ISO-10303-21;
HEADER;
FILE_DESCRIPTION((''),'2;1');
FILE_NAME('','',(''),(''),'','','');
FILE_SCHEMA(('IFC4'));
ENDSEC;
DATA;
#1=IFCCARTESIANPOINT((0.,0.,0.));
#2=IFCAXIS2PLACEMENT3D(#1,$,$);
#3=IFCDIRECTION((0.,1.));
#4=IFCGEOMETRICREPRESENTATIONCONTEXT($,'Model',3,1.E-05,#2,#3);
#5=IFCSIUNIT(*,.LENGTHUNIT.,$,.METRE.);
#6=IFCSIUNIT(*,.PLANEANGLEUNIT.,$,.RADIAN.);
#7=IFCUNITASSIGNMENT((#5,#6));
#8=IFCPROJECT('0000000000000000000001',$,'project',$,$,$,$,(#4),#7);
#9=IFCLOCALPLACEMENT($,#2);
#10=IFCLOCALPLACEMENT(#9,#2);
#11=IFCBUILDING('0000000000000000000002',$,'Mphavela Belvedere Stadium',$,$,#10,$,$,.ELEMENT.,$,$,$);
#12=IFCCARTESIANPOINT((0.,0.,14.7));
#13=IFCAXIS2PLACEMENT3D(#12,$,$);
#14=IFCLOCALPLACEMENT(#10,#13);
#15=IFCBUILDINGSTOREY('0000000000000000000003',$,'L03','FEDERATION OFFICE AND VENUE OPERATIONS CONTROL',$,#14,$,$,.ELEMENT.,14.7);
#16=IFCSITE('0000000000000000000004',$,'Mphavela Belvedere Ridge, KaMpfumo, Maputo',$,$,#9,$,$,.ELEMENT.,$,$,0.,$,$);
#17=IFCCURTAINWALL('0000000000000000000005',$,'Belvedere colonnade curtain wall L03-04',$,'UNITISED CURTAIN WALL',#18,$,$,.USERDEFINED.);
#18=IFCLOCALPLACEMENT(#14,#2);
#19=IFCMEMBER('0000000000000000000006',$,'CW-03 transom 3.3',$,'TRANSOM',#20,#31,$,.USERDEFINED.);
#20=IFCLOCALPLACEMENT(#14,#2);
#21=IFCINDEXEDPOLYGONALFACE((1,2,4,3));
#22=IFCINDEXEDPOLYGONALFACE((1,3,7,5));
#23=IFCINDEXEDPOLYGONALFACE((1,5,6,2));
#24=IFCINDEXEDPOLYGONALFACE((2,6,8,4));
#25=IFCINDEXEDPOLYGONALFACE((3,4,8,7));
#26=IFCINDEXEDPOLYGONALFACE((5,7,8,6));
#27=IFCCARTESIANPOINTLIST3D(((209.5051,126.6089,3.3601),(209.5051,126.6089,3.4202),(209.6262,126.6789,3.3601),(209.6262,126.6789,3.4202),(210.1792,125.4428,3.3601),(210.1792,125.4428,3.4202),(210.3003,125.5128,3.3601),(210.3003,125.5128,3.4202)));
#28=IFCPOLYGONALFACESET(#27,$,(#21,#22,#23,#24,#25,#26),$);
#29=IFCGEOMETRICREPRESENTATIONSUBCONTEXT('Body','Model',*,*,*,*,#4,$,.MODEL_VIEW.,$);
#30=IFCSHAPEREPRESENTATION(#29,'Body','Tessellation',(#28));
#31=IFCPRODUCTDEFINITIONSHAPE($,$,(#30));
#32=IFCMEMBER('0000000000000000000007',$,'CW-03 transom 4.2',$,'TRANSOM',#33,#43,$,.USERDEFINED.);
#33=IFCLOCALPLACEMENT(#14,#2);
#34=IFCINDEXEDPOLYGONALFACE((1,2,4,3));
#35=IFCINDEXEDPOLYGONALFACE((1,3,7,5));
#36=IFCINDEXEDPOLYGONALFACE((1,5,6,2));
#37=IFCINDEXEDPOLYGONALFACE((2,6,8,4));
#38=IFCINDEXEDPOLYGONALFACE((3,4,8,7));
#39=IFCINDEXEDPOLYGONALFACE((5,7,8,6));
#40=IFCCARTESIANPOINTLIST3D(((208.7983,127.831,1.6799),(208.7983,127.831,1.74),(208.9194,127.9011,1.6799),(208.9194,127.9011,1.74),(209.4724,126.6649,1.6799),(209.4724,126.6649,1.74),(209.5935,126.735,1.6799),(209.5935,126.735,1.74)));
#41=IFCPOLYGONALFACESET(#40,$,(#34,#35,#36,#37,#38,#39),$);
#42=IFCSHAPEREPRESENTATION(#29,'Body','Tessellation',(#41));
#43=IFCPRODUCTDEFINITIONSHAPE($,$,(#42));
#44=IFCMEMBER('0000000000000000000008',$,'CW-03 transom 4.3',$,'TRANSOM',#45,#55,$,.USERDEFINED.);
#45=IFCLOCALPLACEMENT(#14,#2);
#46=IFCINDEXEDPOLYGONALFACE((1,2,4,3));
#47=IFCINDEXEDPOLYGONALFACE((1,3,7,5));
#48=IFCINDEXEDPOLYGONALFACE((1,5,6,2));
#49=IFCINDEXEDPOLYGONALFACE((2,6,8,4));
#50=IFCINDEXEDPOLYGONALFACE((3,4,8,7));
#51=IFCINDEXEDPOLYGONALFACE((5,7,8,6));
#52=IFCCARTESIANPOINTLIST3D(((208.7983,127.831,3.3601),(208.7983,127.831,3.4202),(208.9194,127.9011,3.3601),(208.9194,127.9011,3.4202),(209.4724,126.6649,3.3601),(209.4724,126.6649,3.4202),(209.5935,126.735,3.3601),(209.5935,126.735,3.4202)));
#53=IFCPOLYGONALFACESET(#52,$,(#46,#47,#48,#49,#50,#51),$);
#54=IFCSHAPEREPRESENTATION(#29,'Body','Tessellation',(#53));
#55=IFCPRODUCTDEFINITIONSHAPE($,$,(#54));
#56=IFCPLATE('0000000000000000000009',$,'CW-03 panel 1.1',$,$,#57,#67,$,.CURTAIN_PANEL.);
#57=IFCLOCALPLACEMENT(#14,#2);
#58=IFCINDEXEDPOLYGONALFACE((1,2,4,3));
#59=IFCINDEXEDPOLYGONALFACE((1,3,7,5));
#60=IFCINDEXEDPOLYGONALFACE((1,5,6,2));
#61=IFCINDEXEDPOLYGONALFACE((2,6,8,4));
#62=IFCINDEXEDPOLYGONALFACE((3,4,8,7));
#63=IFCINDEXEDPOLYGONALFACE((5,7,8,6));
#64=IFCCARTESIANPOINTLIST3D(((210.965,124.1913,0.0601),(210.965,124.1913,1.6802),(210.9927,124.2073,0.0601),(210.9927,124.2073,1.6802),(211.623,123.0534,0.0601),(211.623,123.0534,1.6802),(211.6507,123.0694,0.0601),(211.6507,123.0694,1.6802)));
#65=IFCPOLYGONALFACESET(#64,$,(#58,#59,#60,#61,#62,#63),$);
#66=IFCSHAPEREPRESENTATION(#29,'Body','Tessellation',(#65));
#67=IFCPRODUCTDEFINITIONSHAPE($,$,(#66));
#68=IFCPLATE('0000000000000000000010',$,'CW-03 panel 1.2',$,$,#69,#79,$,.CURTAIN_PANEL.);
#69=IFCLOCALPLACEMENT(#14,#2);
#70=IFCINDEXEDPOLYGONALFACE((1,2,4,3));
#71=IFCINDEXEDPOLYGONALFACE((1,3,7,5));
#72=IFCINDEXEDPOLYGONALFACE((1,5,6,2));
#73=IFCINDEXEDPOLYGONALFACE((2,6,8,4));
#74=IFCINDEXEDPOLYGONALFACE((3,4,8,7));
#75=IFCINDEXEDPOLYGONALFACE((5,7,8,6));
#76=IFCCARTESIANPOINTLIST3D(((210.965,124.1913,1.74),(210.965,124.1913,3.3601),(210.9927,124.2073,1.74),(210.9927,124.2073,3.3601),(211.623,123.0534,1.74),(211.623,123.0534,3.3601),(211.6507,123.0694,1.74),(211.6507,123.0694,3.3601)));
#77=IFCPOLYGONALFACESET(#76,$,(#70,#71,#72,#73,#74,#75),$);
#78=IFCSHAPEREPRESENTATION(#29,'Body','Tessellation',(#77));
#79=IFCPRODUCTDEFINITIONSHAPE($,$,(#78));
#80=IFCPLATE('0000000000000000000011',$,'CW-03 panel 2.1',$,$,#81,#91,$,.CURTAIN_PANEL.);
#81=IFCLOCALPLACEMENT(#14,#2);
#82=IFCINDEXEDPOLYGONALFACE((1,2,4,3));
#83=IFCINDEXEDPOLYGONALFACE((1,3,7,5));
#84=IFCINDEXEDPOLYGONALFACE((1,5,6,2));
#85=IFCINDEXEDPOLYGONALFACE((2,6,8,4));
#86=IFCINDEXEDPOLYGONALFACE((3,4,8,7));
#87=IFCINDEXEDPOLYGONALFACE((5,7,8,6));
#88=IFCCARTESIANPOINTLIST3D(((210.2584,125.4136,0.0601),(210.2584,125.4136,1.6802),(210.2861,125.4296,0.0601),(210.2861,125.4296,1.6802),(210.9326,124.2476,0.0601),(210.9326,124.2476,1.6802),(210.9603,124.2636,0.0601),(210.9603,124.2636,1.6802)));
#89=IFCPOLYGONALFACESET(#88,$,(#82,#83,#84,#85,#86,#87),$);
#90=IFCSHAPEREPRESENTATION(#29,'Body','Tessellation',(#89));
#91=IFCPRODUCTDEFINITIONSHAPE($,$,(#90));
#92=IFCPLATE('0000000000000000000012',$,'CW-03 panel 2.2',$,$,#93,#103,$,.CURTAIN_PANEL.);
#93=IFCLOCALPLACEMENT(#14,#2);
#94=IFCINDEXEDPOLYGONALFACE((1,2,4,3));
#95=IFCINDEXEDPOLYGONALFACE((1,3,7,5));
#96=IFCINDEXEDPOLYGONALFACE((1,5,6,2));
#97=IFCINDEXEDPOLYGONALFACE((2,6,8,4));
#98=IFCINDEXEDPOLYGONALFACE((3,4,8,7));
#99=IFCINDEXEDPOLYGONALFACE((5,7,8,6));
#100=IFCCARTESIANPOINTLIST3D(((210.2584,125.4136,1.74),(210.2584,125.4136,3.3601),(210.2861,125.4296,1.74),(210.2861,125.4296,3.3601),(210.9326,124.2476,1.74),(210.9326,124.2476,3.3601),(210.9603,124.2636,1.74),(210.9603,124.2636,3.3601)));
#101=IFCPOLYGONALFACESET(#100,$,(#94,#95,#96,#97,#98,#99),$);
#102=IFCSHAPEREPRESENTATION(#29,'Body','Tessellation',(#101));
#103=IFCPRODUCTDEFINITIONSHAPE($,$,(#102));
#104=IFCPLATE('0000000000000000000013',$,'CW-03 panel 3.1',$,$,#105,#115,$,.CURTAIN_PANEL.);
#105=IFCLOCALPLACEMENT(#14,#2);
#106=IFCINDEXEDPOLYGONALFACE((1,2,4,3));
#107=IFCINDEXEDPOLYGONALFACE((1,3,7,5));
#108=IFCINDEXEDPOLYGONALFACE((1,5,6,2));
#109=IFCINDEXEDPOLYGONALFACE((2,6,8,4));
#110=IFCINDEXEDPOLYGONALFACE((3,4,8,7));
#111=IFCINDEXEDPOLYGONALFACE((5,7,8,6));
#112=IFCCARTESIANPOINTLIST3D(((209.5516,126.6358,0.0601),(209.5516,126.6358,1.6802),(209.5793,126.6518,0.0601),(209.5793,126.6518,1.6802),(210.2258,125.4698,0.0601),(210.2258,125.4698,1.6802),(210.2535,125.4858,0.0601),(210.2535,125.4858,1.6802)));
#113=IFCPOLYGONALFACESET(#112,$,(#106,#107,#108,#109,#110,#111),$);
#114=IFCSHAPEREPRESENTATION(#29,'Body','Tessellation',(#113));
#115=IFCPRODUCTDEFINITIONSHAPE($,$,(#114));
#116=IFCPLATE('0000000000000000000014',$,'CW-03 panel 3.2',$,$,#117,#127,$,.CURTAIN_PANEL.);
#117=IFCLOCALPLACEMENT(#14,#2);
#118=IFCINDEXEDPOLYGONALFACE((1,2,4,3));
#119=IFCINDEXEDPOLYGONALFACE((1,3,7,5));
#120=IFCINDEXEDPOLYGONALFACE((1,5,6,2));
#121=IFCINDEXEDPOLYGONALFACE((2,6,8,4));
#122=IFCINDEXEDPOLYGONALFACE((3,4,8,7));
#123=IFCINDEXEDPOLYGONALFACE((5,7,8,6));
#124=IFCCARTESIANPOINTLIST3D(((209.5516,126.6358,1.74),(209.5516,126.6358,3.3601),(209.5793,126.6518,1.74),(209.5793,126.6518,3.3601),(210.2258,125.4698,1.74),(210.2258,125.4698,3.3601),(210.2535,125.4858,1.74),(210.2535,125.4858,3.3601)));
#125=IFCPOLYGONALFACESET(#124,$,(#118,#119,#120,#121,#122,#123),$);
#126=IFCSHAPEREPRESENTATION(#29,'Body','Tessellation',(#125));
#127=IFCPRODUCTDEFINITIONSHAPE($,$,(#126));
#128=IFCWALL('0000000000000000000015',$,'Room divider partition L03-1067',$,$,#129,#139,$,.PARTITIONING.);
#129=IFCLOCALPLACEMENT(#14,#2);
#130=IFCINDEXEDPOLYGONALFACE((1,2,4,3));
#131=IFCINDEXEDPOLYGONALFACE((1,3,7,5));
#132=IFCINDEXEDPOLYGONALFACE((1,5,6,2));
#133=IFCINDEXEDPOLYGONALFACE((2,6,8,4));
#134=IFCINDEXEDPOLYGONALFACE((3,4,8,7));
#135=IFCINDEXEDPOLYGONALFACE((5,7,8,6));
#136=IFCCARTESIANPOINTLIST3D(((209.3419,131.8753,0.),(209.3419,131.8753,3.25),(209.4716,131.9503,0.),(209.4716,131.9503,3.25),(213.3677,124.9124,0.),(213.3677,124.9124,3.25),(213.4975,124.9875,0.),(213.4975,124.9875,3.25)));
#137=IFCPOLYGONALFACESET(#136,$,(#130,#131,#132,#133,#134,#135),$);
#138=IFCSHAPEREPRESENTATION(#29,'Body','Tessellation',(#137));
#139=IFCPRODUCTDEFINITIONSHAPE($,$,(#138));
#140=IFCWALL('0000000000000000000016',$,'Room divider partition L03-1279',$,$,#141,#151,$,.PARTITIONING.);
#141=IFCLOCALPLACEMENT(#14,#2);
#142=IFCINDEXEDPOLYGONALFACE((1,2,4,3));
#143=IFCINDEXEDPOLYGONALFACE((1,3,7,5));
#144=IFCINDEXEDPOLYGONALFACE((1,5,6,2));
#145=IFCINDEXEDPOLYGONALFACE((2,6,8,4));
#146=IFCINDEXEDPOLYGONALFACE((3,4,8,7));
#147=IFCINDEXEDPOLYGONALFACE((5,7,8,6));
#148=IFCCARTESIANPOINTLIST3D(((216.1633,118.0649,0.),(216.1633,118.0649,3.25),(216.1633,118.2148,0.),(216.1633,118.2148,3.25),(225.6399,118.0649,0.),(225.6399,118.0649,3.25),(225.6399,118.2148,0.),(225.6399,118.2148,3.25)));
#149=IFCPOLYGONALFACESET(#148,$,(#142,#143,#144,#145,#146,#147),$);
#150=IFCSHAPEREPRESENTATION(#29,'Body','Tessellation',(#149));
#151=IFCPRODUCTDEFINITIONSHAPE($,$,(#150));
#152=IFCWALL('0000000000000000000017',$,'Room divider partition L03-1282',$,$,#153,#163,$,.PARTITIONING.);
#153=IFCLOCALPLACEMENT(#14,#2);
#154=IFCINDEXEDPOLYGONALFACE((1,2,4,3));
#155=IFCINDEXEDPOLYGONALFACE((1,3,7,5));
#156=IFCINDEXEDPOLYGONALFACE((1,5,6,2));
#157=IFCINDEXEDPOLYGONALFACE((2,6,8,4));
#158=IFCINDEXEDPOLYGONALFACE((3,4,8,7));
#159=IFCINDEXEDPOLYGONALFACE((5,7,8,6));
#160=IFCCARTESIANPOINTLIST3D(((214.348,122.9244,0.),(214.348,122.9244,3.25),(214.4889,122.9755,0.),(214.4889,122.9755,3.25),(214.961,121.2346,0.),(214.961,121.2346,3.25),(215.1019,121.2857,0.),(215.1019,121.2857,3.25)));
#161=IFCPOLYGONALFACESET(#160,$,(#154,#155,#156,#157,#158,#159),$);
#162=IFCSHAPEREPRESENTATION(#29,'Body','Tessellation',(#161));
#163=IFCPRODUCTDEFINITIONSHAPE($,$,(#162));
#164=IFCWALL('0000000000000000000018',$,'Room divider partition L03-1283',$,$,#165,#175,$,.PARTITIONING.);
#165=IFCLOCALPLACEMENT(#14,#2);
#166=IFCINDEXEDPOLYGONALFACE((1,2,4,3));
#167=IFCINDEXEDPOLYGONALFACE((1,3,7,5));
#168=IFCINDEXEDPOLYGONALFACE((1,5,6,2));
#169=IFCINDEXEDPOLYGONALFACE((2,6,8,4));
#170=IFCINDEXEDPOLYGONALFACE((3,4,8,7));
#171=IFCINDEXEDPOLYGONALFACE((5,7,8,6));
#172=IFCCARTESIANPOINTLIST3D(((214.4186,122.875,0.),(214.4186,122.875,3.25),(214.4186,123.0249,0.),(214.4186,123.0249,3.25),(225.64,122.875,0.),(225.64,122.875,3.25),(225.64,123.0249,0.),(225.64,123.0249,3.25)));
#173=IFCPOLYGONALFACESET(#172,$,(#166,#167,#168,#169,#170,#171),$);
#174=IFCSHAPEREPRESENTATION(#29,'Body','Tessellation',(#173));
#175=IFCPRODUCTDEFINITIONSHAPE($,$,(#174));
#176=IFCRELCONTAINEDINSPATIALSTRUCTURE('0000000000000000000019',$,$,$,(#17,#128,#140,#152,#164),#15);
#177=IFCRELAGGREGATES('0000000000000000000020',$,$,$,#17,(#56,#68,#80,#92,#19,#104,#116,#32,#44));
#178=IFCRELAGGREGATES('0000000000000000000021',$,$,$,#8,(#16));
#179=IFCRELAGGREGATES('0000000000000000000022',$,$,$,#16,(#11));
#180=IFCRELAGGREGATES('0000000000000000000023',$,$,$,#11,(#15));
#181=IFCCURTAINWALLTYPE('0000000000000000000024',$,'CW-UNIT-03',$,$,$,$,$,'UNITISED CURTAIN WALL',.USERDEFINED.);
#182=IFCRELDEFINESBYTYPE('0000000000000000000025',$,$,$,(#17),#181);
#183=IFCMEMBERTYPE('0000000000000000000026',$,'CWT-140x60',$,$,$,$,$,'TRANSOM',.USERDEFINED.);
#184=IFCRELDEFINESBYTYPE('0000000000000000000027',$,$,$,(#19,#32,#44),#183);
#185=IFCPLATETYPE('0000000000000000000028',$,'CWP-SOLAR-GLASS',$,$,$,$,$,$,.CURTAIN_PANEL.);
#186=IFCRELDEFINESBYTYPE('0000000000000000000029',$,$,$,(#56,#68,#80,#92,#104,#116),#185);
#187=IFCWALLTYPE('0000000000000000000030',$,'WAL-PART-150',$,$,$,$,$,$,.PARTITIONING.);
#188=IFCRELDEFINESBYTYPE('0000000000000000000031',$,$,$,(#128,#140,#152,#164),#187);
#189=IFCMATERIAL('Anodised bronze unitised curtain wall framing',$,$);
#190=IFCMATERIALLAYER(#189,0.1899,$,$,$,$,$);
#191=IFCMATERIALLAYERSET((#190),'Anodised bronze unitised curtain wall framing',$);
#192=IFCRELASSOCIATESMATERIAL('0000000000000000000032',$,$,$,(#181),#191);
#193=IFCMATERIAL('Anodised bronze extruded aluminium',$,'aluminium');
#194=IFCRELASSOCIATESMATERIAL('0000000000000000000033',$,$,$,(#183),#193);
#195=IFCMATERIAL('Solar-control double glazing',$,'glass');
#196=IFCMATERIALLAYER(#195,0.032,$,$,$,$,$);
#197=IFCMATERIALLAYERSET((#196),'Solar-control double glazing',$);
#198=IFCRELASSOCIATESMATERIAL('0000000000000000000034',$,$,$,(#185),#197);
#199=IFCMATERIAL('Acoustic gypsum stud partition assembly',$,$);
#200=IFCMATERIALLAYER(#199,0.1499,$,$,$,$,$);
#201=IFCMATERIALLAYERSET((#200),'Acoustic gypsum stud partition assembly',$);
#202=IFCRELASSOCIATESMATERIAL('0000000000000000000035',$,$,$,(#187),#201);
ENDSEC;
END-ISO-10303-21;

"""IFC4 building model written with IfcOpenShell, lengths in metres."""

from ifc_helpers import new_model, si_unit, direction, frame, frame_2d, origin, origin_2d, place, context, subcontext, project, spatial, rectangle, extrude, material, layer, layer_set, material_profile, profile_set, type_object, element, aggregate, save


model = new_model("IFC4")

# Units and contexts
model_context = context("Model", 3, precision=1e-05, world=origin(), true_north=direction((0.0, 1.0)))
body_context = subcontext(model_context, "Body", "Model", "MODEL_VIEW")
ifc_project = project(units=[si_unit("LENGTHUNIT", "METRE"), si_unit("PLANEANGLEUNIT", "RADIAN")], contexts=[model_context])

# Site, building, storey
site_placement = place(None, origin())
site = spatial("IfcSite", under=ifc_project, at=site_placement, Name="Mphavela Belvedere Ridge, KaMpfumo, Maputo", CompositionType="ELEMENT", RefElevation=0.0)
building_placement = place(site_placement, origin())
building = spatial("IfcBuilding", under=site, at=building_placement, Name="Mphavela Belvedere Stadium", CompositionType="ELEMENT")
storey_placement = place(building_placement, frame((0.0, 0.0, 14.7)))
storey = spatial("IfcBuildingStorey", under=building, at=storey_placement, Name="L03", Description="FEDERATION OFFICE AND VENUE OPERATIONS CONTROL", CompositionType="ELEMENT", Elevation=14.7)

# Curtain wall, members, plates
ifc_material_1 = material(Name="Anodised bronze unitised curtain wall framing")
ifc_layer_1 = layer(ifc_material_1, 0.1899)
ifc_layer_set_1 = layer_set([ifc_layer_1], Name="Anodised bronze unitised curtain wall framing")
curtain_wall_type = type_object("IfcCurtainWallType", Name="CW-UNIT-03", ElementType="UNITISED CURTAIN WALL", PredefinedType="USERDEFINED", material=ifc_layer_set_1)
curtain_wall_placement = place(storey_placement, origin())
curtain_wall = element("IfcCurtainWall", 1, at=curtain_wall_placement, inside=storey, type_object=curtain_wall_type, Name="Belvedere colonnade curtain wall L03-04", ObjectType="UNITISED CURTAIN WALL", PredefinedType="USERDEFINED")
ifc_material_2 = material(Name="Anodised bronze extruded aluminium", Category="aluminium")
ifc_material_profile_1 = material_profile(ifc_material_2, rectangle(XDim=0.1399, YDim=0.0601, at=origin_2d()), Name="CW-TRN 140x60")
ifc_profile_set_1 = profile_set([ifc_material_profile_1], Name="Anodised bronze extruded aluminium")
member_type_1 = type_object("IfcMemberType", Name="CWT-140x60", ElementType="TRANSOM", PredefinedType="USERDEFINED", material=ifc_profile_set_1)
member_1_placement = place(storey_placement, frame((210.2397, 125.4778, 3.3901), z_axis=(-0.500486, 0.865745, 0.0), x_axis=(-0.865745, -0.500486, 0.0)))
member_1 = element("IfcMember", 2, at=member_1_placement, type_object=member_type_1, Name="CW-03 transom 3.3", ObjectType="TRANSOM", PredefinedType="USERDEFINED", context=body_context, shape_type="SweptSolid", body=[
    extrude(rectangle(XDim=0.1399, YDim=0.0601, at=origin_2d()), origin(), (0.0, 0.0, 1.0), 1.3469),
])
member_2_placement = place(storey_placement, frame((209.533, 126.7, 1.71), z_axis=(-0.500486, 0.865745, 0.0), x_axis=(-0.865745, -0.500486, 0.0)))
member_2 = element("IfcMember", 3, at=member_2_placement, type_object=member_type_1, Name="CW-03 transom 4.2", ObjectType="TRANSOM", PredefinedType="USERDEFINED", context=body_context, shape_type="SweptSolid", body=[
    extrude(rectangle(XDim=0.1399, YDim=0.0601, at=origin_2d()), origin(), (0.0, 0.0, 1.0), 1.3469),
])
member_3_placement = place(storey_placement, frame((209.533, 126.7, 3.3901), z_axis=(-0.500486, 0.865745, 0.0), x_axis=(-0.865745, -0.500486, 0.0)))
member_3 = element("IfcMember", 4, at=member_3_placement, type_object=member_type_1, Name="CW-03 transom 4.3", ObjectType="TRANSOM", PredefinedType="USERDEFINED", context=body_context, shape_type="SweptSolid", body=[
    extrude(rectangle(XDim=0.1399, YDim=0.0601, at=origin_2d()), origin(), (0.0, 0.0, 1.0), 1.3469),
])
ifc_material_3 = material(Name="Solar-control double glazing", Category="glass")
ifc_layer_2 = layer(ifc_material_3, 0.032)
ifc_layer_set_2 = layer_set([ifc_layer_2], Name="Solar-control double glazing")
plate_type = type_object("IfcPlateType", Name="CWP-SOLAR-GLASS", PredefinedType="CURTAIN_PANEL", material=ifc_layer_set_2)
plate_1_placement = place(storey_placement, frame((211.3079, 123.6304, 0.0601), z_axis=(0.0, 0.0, 1.0), x_axis=(-0.500554, 0.865705, 0.0)))
plate_1 = element("IfcPlate", 5, at=plate_1_placement, type_object=plate_type, Name="CW-03 panel 1.1", PredefinedType="CURTAIN_PANEL", context=body_context, shape_type="SweptSolid", body=[
    extrude(rectangle(XDim=1.3145, YDim=0.032, at=origin_2d()), origin(), (0.0, 0.0, 1.0), 1.6201),
])
plate_2_placement = place(storey_placement, frame((211.3079, 123.6304, 1.74), z_axis=(0.0, 0.0, 1.0), x_axis=(-0.500554, 0.865705, 0.0)))
plate_2 = element("IfcPlate", 6, at=plate_2_placement, type_object=plate_type, Name="CW-03 panel 1.2", PredefinedType="CURTAIN_PANEL", context=body_context, shape_type="SweptSolid", body=[
    extrude(rectangle(XDim=1.3145, YDim=0.032, at=origin_2d()), origin(), (0.0, 0.0, 1.0), 1.6201),
])
plate_3_placement = place(storey_placement, frame((210.6094, 124.8386, 0.0601), z_axis=(0.0, 0.0, 1.0), x_axis=(-0.500554, 0.865705, 0.0)))
plate_3 = element("IfcPlate", 7, at=plate_3_placement, type_object=plate_type, Name="CW-03 panel 2.1", PredefinedType="CURTAIN_PANEL", context=body_context, shape_type="SweptSolid", body=[
    extrude(rectangle(XDim=1.3469, YDim=0.032, at=origin_2d()), origin(), (0.0, 0.0, 1.0), 1.6201),
])
plate_4_placement = place(storey_placement, frame((210.6094, 124.8386, 1.74), z_axis=(0.0, 0.0, 1.0), x_axis=(-0.500554, 0.865705, 0.0)))
plate_4 = element("IfcPlate", 8, at=plate_4_placement, type_object=plate_type, Name="CW-03 panel 2.2", PredefinedType="CURTAIN_PANEL", context=body_context, shape_type="SweptSolid", body=[
    extrude(rectangle(XDim=1.3469, YDim=0.032, at=origin_2d()), origin(), (0.0, 0.0, 1.0), 1.6201),
])
plate_5_placement = place(storey_placement, frame((209.9026, 126.0608, 0.0601), z_axis=(0.0, 0.0, 1.0), x_axis=(-0.500554, 0.865705, 0.0)))
plate_5 = element("IfcPlate", 9, at=plate_5_placement, type_object=plate_type, Name="CW-03 panel 3.1", PredefinedType="CURTAIN_PANEL", context=body_context, shape_type="SweptSolid", body=[
    extrude(rectangle(XDim=1.3469, YDim=0.032, at=origin_2d()), origin(), (0.0, 0.0, 1.0), 1.6201),
])
plate_6_placement = place(storey_placement, frame((209.9026, 126.0608, 1.74), z_axis=(0.0, 0.0, 1.0), x_axis=(-0.500554, 0.865705, 0.0)))
plate_6 = element("IfcPlate", 10, at=plate_6_placement, type_object=plate_type, Name="CW-03 panel 3.2", PredefinedType="CURTAIN_PANEL", context=body_context, shape_type="SweptSolid", body=[
    extrude(rectangle(XDim=1.3469, YDim=0.032, at=origin_2d()), origin(), (0.0, 0.0, 1.0), 1.6201),
])
aggregate(curtain_wall, [plate_1, plate_2, plate_3, plate_4, member_1, plate_5, plate_6, member_2, member_3])

# Walls
ifc_material_4 = material(Name="Acoustic gypsum stud partition assembly")
ifc_layer_3 = layer(ifc_material_4, 0.1499)
ifc_layer_set_3 = layer_set([ifc_layer_3], Name="Acoustic gypsum stud partition assembly")
wall_type_1 = type_object("IfcWallType", Name="WAL-PART-150", PredefinedType="PARTITIONING", material=ifc_layer_set_3)
wall_1_placement = place(storey_placement, frame((213.4326, 124.95, 0.0), z_axis=(0.0, 0.0, 1.0), x_axis=(-0.500546, 0.86571, 0.0)))
element("IfcWall", 11, at=wall_1_placement, inside=storey, type_object=wall_type_1, Name="Room divider partition L03-1067", PredefinedType="PARTITIONING", context=body_context, shape_type="SweptSolid", body=[
    extrude(rectangle(XDim=8.043, YDim=0.1499, at=frame_2d((4.0215, 0.0))), origin(), (0.0, 0.0, 1.0), 3.25),
])
wall_2_placement = place(storey_placement, frame((216.1633, 118.1399, 0.0), z_axis=(0.0, 0.0, 1.0), x_axis=(1.0, 0.0, 0.0)))
element("IfcWall", 12, at=wall_2_placement, inside=storey, type_object=wall_type_1, Name="Room divider partition L03-1279", PredefinedType="PARTITIONING", context=body_context, shape_type="SweptSolid", body=[
    extrude(rectangle(XDim=9.4766, YDim=0.1499, at=frame_2d((4.7383, 0.0))), origin(), (0.0, 0.0, 1.0), 3.25),
])
wall_3_placement = place(storey_placement, frame((215.0315, 121.26, 0.0), z_axis=(0.0, 0.0, 1.0), x_axis=(-0.341012, 0.940059, 0.0)))
element("IfcWall", 13, at=wall_3_placement, inside=storey, type_object=wall_type_1, Name="Room divider partition L03-1282", PredefinedType="PARTITIONING", context=body_context, shape_type="SweptSolid", body=[
    extrude(rectangle(XDim=1.7976, YDim=0.1499, at=frame_2d((0.8989, 0.0))), origin(), (0.0, 0.0, 1.0), 3.25),
])
wall_4_placement = place(storey_placement, frame((214.4185, 122.95, 0.0), z_axis=(0.0, 0.0, 1.0), x_axis=(1.0, 0.0, 0.0)))
element("IfcWall", 14, at=wall_4_placement, inside=storey, type_object=wall_type_1, Name="Room divider partition L03-1283", PredefinedType="PARTITIONING", context=body_context, shape_type="SweptSolid", body=[
    extrude(rectangle(XDim=11.2214, YDim=0.1499, at=frame_2d((5.6108, 0.0))), origin(), (0.0, 0.0, 1.0), 3.25),
])

save(model, "model.ifc")
